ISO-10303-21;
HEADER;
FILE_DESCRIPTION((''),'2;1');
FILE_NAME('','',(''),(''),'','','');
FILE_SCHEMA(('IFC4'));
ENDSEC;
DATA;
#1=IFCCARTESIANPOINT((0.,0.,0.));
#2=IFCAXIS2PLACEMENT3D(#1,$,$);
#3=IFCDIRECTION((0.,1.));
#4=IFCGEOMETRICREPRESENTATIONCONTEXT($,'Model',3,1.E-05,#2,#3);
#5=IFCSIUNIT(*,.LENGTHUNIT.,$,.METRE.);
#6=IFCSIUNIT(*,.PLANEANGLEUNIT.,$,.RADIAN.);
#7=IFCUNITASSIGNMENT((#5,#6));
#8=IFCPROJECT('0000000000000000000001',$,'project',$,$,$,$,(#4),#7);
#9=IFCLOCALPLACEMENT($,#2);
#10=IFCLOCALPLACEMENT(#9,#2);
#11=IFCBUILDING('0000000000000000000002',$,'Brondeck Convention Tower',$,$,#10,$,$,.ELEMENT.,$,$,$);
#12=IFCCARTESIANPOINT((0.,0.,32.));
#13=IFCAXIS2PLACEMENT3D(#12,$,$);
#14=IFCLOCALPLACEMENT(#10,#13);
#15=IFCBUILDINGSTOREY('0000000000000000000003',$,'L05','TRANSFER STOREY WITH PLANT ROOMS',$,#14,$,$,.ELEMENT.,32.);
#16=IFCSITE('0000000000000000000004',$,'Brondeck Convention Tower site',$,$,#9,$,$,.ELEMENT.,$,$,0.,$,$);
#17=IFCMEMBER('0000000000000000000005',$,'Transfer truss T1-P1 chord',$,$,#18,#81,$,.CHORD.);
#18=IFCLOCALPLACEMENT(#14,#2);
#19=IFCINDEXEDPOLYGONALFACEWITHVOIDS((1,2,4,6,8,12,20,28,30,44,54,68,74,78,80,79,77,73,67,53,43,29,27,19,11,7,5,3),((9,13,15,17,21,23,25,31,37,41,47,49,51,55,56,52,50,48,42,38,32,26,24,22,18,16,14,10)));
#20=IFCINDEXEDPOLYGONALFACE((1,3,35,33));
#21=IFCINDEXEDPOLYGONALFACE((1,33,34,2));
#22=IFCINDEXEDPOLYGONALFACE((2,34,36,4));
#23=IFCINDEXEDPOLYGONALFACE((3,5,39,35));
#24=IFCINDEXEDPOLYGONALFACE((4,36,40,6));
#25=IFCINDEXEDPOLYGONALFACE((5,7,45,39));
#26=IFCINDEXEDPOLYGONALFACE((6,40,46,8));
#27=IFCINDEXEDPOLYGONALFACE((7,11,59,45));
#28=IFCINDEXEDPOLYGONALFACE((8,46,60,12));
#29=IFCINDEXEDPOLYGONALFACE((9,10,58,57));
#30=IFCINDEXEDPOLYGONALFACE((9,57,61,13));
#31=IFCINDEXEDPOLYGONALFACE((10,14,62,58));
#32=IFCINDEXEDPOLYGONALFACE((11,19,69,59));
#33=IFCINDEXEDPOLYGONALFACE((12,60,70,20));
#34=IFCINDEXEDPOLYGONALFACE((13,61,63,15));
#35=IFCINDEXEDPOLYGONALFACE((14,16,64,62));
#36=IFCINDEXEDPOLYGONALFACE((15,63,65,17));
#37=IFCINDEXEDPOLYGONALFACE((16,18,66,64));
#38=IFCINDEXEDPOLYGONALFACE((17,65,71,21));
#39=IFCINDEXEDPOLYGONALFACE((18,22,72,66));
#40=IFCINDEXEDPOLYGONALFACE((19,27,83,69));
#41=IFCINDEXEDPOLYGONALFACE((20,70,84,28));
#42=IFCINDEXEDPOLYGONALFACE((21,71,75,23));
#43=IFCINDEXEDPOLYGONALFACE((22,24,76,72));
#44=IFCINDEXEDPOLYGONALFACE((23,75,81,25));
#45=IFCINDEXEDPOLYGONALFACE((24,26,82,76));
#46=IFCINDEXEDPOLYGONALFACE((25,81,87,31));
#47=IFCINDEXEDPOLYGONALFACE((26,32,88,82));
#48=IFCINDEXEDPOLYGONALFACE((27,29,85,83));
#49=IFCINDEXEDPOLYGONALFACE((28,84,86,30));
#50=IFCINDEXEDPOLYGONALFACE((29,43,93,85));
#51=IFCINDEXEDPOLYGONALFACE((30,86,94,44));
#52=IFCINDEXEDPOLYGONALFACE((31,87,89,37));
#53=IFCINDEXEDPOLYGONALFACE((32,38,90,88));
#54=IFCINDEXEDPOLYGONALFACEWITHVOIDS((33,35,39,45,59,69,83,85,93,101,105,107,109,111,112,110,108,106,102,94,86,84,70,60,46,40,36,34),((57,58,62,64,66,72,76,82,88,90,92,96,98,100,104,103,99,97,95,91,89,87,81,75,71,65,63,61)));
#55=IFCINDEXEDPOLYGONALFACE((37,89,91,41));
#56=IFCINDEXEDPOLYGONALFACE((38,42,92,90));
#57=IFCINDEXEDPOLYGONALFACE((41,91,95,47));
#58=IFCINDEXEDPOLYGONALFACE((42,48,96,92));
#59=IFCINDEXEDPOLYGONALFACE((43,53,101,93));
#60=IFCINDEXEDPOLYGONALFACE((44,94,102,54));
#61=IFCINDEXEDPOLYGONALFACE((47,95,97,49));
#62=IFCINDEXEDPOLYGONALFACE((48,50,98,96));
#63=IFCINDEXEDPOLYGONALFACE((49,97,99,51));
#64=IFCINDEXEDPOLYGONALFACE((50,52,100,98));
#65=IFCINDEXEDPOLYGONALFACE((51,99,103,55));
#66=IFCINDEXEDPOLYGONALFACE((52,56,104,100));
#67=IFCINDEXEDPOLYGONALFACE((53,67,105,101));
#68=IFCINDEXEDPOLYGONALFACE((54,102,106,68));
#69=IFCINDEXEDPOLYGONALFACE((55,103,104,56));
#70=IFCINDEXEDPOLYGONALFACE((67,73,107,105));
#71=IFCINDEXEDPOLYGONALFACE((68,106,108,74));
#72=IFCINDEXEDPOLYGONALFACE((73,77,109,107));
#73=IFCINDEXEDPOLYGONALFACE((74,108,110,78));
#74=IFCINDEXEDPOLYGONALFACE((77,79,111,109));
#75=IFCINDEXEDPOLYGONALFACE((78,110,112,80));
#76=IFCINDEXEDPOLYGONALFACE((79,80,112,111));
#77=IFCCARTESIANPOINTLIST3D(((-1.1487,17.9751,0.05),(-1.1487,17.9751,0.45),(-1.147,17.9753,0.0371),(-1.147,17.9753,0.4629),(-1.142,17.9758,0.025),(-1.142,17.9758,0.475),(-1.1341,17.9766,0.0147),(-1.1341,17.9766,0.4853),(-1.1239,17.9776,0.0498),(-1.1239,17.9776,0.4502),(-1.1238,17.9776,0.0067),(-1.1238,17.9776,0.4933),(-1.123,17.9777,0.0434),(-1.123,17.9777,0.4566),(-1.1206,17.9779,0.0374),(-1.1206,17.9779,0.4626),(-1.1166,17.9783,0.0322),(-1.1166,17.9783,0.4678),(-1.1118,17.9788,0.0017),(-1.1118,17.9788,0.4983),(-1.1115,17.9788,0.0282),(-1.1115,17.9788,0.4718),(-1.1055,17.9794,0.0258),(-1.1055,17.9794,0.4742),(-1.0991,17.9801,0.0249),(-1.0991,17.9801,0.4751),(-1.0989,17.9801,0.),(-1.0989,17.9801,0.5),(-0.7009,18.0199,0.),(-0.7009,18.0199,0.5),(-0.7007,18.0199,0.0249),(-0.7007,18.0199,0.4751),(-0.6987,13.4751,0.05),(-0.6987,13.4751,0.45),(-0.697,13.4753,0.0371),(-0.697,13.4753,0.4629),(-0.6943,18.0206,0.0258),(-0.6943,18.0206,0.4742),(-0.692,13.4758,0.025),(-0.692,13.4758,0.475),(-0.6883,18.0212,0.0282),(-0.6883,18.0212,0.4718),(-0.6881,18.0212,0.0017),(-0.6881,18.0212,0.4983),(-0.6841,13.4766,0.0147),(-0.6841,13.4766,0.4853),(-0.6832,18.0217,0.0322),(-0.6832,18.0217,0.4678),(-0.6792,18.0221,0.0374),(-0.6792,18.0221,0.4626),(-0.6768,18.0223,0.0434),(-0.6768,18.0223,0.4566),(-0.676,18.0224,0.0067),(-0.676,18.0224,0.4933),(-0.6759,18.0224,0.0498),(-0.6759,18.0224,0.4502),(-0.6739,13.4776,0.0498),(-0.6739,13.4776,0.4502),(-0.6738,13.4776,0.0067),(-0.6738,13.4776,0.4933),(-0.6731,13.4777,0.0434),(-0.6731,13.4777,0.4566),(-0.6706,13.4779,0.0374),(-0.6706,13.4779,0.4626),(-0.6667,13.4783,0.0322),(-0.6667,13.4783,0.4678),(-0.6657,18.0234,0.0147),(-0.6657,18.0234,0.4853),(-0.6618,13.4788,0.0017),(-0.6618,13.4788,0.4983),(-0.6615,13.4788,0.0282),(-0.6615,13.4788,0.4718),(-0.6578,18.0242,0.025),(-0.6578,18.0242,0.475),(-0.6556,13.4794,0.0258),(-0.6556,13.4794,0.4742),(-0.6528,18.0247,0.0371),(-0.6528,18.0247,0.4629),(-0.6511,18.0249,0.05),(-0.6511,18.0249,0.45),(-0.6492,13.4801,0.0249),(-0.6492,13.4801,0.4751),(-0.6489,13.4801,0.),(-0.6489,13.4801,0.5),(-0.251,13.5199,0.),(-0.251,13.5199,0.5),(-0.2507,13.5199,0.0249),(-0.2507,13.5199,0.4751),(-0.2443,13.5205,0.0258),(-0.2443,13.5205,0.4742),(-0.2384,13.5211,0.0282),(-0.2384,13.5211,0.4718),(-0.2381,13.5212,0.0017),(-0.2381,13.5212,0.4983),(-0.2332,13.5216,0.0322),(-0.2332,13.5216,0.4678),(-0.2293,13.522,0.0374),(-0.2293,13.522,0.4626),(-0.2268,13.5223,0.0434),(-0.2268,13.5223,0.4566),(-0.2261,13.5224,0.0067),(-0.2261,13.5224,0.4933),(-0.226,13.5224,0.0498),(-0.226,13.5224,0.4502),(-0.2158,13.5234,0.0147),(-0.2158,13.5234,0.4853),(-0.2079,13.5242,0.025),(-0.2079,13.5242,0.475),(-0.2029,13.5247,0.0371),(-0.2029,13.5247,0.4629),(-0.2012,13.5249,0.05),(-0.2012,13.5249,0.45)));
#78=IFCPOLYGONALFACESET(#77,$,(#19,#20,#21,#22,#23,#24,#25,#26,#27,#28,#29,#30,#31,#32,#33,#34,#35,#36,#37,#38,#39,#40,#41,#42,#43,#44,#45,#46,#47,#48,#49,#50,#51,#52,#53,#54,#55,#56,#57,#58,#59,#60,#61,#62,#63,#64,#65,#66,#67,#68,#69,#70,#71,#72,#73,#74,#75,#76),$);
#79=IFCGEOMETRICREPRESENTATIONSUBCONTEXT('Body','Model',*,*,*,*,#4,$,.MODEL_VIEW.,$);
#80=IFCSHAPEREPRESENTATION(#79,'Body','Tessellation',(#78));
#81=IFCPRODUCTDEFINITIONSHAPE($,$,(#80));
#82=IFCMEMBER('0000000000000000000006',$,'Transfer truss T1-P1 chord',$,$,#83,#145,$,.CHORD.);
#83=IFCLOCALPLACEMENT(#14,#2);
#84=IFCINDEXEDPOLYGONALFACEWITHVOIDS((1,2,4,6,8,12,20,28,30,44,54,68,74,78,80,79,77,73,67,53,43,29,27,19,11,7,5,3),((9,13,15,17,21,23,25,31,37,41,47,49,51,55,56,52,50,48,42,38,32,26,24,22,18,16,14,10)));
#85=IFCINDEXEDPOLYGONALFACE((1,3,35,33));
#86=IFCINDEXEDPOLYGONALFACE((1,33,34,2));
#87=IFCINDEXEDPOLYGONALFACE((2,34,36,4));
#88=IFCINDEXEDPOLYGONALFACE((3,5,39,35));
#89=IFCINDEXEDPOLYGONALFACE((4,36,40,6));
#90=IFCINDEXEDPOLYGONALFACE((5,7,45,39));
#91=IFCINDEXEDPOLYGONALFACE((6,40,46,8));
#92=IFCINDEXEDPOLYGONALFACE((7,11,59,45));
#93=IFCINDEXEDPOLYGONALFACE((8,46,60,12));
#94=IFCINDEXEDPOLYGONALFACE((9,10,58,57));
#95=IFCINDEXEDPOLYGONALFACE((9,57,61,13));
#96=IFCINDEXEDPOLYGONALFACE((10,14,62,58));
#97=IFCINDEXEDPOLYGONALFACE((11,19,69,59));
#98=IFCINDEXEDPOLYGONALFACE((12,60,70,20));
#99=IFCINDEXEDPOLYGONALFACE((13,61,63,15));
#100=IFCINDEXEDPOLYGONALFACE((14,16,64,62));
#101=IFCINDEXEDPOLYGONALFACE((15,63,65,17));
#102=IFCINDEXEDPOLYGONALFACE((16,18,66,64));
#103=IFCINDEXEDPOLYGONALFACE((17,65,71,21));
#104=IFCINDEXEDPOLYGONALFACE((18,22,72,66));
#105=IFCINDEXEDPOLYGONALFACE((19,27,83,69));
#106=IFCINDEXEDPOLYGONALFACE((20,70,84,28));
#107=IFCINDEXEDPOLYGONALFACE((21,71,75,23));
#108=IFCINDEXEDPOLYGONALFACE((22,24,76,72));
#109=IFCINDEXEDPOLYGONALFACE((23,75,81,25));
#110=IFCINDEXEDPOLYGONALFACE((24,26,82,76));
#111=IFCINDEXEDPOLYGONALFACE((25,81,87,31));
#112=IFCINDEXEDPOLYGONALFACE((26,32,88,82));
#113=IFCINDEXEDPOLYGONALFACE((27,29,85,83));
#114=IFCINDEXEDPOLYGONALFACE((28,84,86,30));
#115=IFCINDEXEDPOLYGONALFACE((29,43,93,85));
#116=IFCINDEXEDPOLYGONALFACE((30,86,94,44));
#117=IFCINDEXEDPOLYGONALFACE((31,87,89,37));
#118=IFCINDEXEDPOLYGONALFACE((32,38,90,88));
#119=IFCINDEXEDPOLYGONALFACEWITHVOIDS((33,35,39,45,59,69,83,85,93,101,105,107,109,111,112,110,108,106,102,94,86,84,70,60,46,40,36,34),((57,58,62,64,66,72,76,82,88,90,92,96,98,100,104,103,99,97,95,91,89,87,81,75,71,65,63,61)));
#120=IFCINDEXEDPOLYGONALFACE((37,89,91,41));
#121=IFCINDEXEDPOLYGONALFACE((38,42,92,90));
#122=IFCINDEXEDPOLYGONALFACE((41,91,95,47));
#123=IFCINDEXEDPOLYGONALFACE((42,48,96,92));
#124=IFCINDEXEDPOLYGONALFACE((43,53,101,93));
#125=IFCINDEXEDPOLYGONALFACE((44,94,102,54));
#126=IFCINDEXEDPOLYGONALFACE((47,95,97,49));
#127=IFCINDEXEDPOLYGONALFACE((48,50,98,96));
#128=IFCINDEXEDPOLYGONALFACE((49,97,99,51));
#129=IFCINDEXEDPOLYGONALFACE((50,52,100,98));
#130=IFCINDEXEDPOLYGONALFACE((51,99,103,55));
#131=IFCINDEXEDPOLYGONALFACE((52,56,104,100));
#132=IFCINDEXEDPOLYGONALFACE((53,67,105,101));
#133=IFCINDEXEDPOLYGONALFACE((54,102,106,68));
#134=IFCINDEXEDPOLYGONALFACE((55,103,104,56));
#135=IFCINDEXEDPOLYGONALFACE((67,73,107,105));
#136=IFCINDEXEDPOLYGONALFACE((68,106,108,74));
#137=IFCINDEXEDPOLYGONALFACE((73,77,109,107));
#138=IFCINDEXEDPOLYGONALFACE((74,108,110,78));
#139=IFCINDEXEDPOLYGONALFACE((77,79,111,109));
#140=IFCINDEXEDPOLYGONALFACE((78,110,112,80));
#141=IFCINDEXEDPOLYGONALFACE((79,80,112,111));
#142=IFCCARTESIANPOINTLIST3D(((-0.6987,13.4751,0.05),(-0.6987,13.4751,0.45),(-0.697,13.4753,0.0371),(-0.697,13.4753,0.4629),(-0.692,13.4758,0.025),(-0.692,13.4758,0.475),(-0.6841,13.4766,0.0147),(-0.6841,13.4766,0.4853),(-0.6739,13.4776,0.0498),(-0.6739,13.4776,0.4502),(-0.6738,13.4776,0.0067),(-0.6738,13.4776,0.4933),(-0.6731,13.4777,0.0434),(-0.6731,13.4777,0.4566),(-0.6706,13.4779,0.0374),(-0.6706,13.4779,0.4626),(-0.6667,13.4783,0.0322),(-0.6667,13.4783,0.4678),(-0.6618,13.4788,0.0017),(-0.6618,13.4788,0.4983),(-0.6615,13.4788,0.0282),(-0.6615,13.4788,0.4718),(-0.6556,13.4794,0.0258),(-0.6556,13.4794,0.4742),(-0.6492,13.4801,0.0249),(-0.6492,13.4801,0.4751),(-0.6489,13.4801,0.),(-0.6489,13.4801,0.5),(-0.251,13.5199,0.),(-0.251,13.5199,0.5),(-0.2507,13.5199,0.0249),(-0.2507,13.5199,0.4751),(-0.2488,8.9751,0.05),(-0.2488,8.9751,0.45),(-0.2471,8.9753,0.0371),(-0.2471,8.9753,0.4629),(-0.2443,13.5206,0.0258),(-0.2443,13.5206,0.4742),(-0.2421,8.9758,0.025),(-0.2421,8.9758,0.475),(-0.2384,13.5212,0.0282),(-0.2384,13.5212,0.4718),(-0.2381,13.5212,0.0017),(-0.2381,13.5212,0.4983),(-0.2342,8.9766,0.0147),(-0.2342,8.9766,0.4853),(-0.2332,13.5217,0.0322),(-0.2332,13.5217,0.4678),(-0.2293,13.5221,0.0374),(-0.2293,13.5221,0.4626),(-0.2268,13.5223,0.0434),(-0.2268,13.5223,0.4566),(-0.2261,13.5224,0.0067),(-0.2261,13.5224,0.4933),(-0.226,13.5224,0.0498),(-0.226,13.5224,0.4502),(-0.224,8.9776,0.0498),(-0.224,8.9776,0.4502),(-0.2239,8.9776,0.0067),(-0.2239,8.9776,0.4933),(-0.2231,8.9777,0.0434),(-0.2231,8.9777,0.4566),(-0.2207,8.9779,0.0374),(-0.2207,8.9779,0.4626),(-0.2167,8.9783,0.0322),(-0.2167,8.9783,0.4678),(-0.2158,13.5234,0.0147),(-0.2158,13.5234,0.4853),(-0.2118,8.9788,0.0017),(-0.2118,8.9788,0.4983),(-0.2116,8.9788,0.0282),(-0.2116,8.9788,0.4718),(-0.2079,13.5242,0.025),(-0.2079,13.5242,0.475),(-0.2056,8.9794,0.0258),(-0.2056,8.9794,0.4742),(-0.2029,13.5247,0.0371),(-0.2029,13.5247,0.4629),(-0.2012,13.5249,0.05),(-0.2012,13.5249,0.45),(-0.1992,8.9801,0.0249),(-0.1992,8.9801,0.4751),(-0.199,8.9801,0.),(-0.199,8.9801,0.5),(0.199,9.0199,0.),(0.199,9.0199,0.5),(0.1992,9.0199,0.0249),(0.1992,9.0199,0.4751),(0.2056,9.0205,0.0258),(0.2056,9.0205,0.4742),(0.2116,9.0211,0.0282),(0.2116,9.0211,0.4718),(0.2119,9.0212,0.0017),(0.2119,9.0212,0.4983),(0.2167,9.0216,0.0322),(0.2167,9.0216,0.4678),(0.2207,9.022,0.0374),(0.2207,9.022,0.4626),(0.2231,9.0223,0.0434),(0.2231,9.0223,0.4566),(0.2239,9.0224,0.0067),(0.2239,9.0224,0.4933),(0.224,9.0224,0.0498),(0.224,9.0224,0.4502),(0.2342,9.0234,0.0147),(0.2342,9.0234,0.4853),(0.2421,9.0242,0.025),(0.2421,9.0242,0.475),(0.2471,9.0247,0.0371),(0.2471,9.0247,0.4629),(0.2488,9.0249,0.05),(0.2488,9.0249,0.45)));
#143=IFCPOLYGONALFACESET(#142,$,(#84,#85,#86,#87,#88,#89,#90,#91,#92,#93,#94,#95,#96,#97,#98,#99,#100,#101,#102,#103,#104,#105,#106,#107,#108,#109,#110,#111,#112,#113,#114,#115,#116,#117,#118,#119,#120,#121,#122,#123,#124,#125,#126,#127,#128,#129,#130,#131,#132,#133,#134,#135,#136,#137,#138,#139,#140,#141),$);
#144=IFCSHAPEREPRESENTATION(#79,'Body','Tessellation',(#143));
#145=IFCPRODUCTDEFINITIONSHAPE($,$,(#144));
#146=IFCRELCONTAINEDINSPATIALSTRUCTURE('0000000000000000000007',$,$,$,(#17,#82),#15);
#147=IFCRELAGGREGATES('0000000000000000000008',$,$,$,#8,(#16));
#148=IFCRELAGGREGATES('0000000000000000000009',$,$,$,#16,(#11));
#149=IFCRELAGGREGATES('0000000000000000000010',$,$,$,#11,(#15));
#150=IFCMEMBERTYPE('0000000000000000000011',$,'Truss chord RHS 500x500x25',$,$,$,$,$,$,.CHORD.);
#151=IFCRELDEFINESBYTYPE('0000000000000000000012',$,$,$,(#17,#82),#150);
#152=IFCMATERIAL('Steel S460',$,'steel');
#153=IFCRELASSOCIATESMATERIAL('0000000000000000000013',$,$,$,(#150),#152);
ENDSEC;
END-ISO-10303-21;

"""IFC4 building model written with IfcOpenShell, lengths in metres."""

from ifc_helpers import new_model, si_unit, direction, frame, origin, origin_2d, place, context, subcontext, project, spatial, hollow_rectangle, extrude, material, material_profile, profile_set, type_object, element, save


model = new_model("IFC4")

# Units and contexts
model_context = context("Model", 3, precision=1e-05, world=origin(), true_north=direction((0.0, 1.0)))
body_context = subcontext(model_context, "Body", "Model", "MODEL_VIEW")
ifc_project = project(units=[si_unit("LENGTHUNIT", "METRE"), si_unit("PLANEANGLEUNIT", "RADIAN")], contexts=[model_context])

# Site, building, storey
site_placement = place(None, origin())
site = spatial("IfcSite", under=ifc_project, at=site_placement, Name="Brondeck Convention Tower site", CompositionType="ELEMENT", RefElevation=0.0)
building_placement = place(site_placement, origin())
building = spatial("IfcBuilding", under=site, at=building_placement, Name="Brondeck Convention Tower", CompositionType="ELEMENT")
storey_placement = place(building_placement, frame((0.0, 0.0, 32.0)))
storey = spatial("IfcBuildingStorey", under=building, at=storey_placement, Name="L05", Description="TRANSFER STOREY WITH PLANT ROOMS", CompositionType="ELEMENT", Elevation=32.0)

# Shared definitions
ifc_material_1 = material(Name="Steel S460", Category="steel")

# Members
ifc_material_profile_1 = material_profile(ifc_material_1, hollow_rectangle(XDim=0.5, YDim=0.5, WallThickness=0.0249, InnerFilletRadius=0.0249, OuterFilletRadius=0.05, at=origin_2d()), Name="RHS 500x500x25")
ifc_profile_set_1 = profile_set([ifc_material_profile_1], Name="Steel S460")
member_type_1 = type_object("IfcMemberType", Name="Truss chord RHS 500x500x25", PredefinedType="CHORD", material=ifc_profile_set_1)
for number, where, z_axis, x_axis, name in (
    (1, (-0.8999, 18.0, 0.25), (0.099493, -0.995038, 0.0), (0.995038, 0.099493, 0.0), "Transfer truss T1-P1 chord"),
    (2, (-0.45, 13.5, 0.25), (0.099493, -0.995038, 0.0), (0.995038, 0.099493, 0.0), "Transfer truss T1-P1 chord"),
):
    element("IfcMember", number, at=place(storey_placement, frame(where, z_axis=z_axis, x_axis=x_axis)), inside=storey, type_object=member_type_1, Name=name, PredefinedType="CHORD", context=body_context, shape_type="SweptSolid", body=[
        extrude(hollow_rectangle(XDim=0.5, YDim=0.5, WallThickness=0.0249, InnerFilletRadius=0.0249, OuterFilletRadius=0.05, at=origin_2d()), origin(), (0.0, 0.0, 1.0), 4.5225),
    ])

save(model, "model.ifc")
